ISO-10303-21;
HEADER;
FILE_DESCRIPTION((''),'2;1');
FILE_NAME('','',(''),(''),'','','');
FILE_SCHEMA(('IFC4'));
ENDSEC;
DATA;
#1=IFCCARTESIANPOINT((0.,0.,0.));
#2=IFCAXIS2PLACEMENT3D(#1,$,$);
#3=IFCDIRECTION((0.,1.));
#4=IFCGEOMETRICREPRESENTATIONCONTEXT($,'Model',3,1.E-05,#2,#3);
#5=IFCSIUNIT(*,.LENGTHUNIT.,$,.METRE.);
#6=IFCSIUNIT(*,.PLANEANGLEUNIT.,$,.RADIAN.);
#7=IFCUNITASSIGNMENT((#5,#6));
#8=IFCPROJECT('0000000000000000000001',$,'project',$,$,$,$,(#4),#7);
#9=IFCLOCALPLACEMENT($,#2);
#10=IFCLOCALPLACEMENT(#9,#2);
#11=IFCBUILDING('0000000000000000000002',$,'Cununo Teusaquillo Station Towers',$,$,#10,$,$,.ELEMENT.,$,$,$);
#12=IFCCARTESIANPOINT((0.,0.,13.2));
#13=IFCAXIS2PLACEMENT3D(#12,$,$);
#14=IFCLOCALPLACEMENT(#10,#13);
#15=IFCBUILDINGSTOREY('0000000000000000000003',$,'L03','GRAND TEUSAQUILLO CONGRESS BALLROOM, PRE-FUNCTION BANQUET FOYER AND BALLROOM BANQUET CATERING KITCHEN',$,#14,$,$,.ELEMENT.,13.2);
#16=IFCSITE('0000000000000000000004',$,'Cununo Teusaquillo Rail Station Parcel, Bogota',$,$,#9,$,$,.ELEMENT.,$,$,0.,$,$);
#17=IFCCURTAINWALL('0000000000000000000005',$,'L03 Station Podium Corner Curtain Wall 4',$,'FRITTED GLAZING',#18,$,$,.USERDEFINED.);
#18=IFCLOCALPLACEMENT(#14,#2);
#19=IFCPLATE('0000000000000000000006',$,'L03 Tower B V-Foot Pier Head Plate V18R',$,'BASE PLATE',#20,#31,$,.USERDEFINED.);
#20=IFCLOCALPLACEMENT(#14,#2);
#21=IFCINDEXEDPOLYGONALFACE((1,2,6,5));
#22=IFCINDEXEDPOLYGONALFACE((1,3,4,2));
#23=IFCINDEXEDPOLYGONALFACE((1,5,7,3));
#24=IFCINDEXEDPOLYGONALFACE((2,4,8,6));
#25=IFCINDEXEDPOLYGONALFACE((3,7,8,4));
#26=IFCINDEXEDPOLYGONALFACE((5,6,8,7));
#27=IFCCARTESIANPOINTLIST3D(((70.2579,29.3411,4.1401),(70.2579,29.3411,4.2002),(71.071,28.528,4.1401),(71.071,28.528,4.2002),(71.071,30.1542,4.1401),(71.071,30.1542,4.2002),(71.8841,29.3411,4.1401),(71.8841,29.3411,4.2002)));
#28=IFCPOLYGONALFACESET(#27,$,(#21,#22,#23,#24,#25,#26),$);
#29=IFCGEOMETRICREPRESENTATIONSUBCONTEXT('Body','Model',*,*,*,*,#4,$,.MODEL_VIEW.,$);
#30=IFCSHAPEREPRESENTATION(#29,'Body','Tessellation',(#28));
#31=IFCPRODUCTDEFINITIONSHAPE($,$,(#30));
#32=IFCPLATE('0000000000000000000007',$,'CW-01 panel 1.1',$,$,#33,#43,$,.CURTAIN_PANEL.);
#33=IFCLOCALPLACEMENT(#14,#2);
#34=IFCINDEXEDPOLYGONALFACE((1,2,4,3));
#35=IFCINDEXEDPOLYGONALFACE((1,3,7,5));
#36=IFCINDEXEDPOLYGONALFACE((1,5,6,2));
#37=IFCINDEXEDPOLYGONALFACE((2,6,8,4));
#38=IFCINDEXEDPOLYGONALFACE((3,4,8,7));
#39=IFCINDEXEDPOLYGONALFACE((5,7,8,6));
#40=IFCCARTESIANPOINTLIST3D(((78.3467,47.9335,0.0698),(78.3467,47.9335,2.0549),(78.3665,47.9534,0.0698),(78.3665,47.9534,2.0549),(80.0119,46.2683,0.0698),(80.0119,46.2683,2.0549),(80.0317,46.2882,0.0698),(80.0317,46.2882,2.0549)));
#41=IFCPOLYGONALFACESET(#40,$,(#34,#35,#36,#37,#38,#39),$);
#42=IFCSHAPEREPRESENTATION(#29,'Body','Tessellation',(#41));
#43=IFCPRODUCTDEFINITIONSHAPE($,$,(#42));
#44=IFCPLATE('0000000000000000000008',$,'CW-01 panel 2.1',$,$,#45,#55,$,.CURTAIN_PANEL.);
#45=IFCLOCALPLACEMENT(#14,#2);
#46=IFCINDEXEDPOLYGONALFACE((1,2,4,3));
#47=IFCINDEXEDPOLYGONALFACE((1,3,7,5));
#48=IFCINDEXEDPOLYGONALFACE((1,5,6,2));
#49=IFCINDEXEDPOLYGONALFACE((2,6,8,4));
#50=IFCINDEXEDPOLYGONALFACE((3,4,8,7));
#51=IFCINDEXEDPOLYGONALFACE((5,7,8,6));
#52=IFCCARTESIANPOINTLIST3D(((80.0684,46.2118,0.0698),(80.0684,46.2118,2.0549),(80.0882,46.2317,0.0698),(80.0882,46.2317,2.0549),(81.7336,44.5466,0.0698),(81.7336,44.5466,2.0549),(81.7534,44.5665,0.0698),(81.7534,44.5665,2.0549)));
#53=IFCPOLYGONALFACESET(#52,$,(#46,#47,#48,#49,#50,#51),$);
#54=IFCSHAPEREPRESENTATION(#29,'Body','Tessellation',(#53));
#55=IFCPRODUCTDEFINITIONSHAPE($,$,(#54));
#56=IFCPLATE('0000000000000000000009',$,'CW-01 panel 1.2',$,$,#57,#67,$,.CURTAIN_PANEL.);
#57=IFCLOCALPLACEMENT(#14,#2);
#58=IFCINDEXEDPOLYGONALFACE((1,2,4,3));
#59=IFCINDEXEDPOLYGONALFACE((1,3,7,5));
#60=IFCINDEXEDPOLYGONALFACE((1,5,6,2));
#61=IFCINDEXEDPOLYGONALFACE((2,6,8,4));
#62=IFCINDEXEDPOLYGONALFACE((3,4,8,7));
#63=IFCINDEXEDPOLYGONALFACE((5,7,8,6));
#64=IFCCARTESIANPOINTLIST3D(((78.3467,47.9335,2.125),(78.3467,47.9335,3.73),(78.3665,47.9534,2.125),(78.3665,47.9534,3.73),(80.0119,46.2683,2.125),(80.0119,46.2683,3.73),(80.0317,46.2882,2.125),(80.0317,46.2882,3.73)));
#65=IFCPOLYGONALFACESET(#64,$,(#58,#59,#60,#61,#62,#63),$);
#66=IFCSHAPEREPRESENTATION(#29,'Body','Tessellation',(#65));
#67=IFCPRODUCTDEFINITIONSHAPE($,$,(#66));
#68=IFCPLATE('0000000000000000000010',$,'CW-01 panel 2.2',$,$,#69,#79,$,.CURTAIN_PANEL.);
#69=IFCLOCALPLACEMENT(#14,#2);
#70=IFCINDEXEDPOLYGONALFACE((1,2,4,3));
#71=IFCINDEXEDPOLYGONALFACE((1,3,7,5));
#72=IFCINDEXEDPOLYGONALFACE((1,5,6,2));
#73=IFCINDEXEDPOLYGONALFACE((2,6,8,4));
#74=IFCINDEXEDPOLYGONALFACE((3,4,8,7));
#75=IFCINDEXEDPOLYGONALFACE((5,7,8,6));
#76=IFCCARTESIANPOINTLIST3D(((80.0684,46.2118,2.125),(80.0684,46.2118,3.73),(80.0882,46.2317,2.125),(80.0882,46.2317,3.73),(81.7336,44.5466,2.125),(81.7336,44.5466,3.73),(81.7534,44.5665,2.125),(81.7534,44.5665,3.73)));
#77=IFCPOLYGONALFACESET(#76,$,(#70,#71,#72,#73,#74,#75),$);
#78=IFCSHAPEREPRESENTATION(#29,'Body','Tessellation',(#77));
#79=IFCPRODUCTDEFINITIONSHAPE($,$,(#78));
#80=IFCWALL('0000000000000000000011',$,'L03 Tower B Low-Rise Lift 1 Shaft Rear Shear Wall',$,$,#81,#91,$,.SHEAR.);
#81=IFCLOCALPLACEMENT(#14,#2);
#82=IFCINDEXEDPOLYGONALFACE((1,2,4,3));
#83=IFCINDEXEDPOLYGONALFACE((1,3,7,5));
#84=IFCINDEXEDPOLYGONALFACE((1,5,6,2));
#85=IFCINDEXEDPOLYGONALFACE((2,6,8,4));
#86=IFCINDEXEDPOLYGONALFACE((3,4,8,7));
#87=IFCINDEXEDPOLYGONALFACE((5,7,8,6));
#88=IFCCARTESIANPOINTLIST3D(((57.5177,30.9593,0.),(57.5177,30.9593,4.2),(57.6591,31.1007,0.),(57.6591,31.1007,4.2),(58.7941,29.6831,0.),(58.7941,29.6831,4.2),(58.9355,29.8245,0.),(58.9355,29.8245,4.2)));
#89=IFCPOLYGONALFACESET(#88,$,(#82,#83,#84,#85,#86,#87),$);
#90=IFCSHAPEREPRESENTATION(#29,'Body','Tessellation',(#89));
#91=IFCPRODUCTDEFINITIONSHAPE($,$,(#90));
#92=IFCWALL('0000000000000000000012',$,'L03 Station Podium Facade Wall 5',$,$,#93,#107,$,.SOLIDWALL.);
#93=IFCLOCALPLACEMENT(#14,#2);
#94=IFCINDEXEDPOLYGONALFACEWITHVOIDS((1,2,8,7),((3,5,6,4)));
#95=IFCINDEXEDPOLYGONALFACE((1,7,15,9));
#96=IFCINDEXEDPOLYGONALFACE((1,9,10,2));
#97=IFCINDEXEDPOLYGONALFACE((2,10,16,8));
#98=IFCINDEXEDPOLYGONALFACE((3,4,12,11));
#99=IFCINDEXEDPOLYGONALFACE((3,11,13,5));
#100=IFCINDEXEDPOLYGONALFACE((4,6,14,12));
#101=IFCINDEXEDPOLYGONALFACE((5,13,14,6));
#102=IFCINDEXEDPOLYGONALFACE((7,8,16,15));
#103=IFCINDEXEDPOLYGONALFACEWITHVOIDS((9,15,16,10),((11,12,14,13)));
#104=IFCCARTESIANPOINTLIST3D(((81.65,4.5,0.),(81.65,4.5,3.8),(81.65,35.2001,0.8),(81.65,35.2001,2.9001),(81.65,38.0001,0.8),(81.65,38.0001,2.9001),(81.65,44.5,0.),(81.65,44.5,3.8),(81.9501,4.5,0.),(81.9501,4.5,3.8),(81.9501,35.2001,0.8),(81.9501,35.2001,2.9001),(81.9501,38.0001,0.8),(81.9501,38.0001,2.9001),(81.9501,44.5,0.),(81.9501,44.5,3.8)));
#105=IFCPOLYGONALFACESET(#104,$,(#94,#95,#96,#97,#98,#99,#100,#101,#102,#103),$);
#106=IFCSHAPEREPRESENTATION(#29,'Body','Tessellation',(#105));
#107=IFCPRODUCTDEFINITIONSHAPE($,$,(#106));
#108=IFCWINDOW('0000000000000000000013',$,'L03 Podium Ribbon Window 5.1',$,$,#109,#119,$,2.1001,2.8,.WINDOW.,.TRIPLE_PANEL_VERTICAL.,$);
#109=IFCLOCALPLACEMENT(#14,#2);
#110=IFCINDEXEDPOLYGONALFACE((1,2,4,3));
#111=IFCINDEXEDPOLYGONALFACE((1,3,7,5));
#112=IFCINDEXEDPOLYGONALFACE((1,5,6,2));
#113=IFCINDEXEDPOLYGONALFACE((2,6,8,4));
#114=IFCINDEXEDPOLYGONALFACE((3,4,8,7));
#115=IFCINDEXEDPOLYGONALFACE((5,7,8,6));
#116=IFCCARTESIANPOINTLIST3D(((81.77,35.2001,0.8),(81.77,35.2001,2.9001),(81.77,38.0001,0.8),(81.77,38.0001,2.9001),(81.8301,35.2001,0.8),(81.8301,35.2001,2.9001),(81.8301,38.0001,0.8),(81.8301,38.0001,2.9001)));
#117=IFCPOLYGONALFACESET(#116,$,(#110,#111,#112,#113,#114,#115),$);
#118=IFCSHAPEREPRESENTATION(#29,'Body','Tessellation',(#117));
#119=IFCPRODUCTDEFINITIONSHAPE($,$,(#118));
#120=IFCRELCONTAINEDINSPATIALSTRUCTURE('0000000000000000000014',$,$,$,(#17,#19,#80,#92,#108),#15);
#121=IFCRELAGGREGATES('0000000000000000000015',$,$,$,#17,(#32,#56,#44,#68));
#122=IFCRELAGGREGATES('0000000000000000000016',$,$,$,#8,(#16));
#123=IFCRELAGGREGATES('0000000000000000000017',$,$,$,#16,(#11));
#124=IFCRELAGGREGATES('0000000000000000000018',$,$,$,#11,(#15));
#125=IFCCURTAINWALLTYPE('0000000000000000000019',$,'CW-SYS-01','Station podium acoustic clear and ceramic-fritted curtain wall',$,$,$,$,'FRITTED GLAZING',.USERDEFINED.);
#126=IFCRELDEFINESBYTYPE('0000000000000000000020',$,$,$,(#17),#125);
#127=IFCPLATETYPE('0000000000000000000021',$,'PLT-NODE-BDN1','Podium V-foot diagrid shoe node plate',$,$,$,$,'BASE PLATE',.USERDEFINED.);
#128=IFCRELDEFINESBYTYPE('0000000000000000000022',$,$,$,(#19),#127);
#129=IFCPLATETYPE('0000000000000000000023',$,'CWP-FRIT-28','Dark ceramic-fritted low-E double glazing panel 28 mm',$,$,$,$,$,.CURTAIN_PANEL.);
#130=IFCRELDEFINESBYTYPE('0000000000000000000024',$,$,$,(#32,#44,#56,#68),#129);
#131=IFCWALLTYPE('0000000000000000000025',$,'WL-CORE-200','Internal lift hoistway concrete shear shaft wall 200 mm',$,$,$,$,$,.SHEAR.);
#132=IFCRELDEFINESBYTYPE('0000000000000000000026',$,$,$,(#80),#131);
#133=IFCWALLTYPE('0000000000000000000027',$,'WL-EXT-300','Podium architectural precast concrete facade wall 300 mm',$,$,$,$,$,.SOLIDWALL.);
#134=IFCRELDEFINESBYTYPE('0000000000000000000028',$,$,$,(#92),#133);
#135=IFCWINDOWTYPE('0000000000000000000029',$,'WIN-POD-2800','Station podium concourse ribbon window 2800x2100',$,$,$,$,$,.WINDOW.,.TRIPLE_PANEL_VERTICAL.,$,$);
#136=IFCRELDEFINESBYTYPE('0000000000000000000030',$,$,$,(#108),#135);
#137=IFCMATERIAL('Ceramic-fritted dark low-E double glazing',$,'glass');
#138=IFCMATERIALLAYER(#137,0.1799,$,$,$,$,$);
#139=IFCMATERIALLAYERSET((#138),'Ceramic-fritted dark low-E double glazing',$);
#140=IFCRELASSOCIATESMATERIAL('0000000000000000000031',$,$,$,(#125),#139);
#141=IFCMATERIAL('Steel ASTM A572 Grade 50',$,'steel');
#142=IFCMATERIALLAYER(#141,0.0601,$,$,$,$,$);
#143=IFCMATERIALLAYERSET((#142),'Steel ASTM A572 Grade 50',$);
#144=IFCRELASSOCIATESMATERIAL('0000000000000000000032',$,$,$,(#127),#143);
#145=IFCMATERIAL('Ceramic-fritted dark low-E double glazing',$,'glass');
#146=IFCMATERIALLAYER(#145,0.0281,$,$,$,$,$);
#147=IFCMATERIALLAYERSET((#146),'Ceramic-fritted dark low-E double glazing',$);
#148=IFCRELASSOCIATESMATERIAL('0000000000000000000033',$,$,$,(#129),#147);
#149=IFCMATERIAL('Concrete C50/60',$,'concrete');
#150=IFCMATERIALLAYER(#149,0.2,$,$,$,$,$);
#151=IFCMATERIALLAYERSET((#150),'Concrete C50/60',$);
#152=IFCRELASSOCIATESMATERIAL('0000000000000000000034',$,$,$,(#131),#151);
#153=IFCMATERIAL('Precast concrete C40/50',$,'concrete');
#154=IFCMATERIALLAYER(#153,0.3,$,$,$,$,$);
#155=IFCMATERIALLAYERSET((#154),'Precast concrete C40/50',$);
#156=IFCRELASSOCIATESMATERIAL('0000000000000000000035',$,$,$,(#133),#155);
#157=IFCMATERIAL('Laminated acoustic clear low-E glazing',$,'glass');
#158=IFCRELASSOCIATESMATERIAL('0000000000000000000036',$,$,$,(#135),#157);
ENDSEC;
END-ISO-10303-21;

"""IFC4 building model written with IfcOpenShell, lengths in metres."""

from ifc_helpers import new_model, si_unit, direction, frame, frame_2d, origin, origin_2d, place, context, subcontext, project, spatial, rectangle, extrude, source, transform, mapped, material, layer, layer_set, type_object, element, fill, aggregate, save


model = new_model("IFC4")

# Units and contexts
model_context = context("Model", 3, precision=1e-05, world=origin(), true_north=direction((0.0, 1.0)))
body_context = subcontext(model_context, "Body", "Model", "MODEL_VIEW")
ifc_project = project(units=[si_unit("LENGTHUNIT", "METRE"), si_unit("PLANEANGLEUNIT", "RADIAN")], contexts=[model_context])

# Site, building, storey
site_placement = place(None, origin())
site = spatial("IfcSite", under=ifc_project, at=site_placement, Name="Cununo Teusaquillo Rail Station Parcel, Bogota", CompositionType="ELEMENT", RefElevation=0.0)
building_placement = place(site_placement, origin())
building = spatial("IfcBuilding", under=site, at=building_placement, Name="Cununo Teusaquillo Station Towers", CompositionType="ELEMENT")
storey_placement = place(building_placement, frame((0.0, 0.0, 13.2)))
storey = spatial("IfcBuildingStorey", under=building, at=storey_placement, Name="L03", Description="GRAND TEUSAQUILLO CONGRESS BALLROOM, PRE-FUNCTION BANQUET FOYER AND BALLROOM BANQUET CATERING KITCHEN", CompositionType="ELEMENT", Elevation=13.2)

# Curtain wall
ifc_material_1 = material(Name="Ceramic-fritted dark low-E double glazing", Category="glass")
ifc_layer_1 = layer(ifc_material_1, 0.1799)
ifc_layer_set_1 = layer_set([ifc_layer_1], Name="Ceramic-fritted dark low-E double glazing")
curtain_wall_type = type_object("IfcCurtainWallType", Name="CW-SYS-01", Description="Station podium acoustic clear and ceramic-fritted curtain wall", ElementType="FRITTED GLAZING", PredefinedType="USERDEFINED", material=ifc_layer_set_1)
curtain_wall_placement = place(storey_placement, origin())
curtain_wall = element("IfcCurtainWall", 1, at=curtain_wall_placement, inside=storey, type_object=curtain_wall_type, Name="L03 Station Podium Corner Curtain Wall 4", ObjectType="FRITTED GLAZING", PredefinedType="USERDEFINED")

# Plate
ifc_material_2 = material(Name="Steel ASTM A572 Grade 50", Category="steel")
ifc_layer_2 = layer(ifc_material_2, 0.0601)
ifc_layer_set_2 = layer_set([ifc_layer_2], Name="Steel ASTM A572 Grade 50")
plate_type_1 = type_object("IfcPlateType", Name="PLT-NODE-BDN1", Description="Podium V-foot diagrid shoe node plate", ElementType="BASE PLATE", PredefinedType="USERDEFINED", material=ifc_layer_set_2)
shared_shape_1 = source(origin(), body_context, "Body", "SweptSolid", [
    extrude(rectangle(XDim=1.1499, YDim=1.1499, at=origin_2d()), origin(), (0.0, 0.0, 1.0), 0.0601),
])
for number, where, z_axis, x_axis, name in (
    (2, (71.071, 29.3411, 4.1401), (0.0, 0.0, 1.0), (0.707107, 0.707107, 0.0), "L03 Tower B V-Foot Pier Head Plate V18R"),
):
    element("IfcPlate", number, at=place(storey_placement, frame(where, z_axis=z_axis, x_axis=x_axis)), inside=storey, type_object=plate_type_1, Name=name, ObjectType="BASE PLATE", PredefinedType="USERDEFINED", context=body_context, shape_type="MappedRepresentation", body=[
        mapped(shared_shape_1, transform((0.0, 0.0, 0.0), x_axis=(1.0, 0.0, 0.0), y_axis=(0.0, 1.0, 0.0), z_axis=(0.0, 0.0, 1.0), scale=1.0)),
    ])

# Plates
ifc_material_3 = material(Name="Ceramic-fritted dark low-E double glazing", Category="glass")
ifc_layer_3 = layer(ifc_material_3, 0.0281)
ifc_layer_set_3 = layer_set([ifc_layer_3], Name="Ceramic-fritted dark low-E double glazing")
plate_type_2 = type_object("IfcPlateType", Name="CWP-FRIT-28", Description="Dark ceramic-fritted low-E double glazing panel 28 mm", PredefinedType="CURTAIN_PANEL", material=ifc_layer_set_3)
shared_shape_2 = source(origin(), body_context, "Body", "SweptSolid", [
    extrude(rectangle(XDim=2.355, YDim=0.0281, at=origin_2d()), origin(), (0.0, 0.0, 1.0), 1.9851),
])
plate_1_placement = place(storey_placement, frame((79.1892, 47.1108, 0.0698), z_axis=(0.0, 0.0, 1.0), x_axis=(0.707107, -0.707107, 0.0)))
plate_1 = element("IfcPlate", 3, at=plate_1_placement, type_object=plate_type_2, Name="CW-01 panel 1.1", PredefinedType="CURTAIN_PANEL", context=body_context, shape_type="MappedRepresentation", body=[
    mapped(shared_shape_2, transform((0.0, 0.0, 0.0), x_axis=(1.0, 0.0, 0.0), y_axis=(0.0, 1.0, 0.0), z_axis=(0.0, 0.0, 1.0), scale=1.0)),
])
plate_2_placement = place(storey_placement, frame((80.9109, 45.3892, 0.0698), z_axis=(0.0, 0.0, 1.0), x_axis=(0.707107, -0.707107, 0.0)))
plate_2 = element("IfcPlate", 4, at=plate_2_placement, type_object=plate_type_2, Name="CW-01 panel 2.1", PredefinedType="CURTAIN_PANEL", context=body_context, shape_type="MappedRepresentation", body=[
    mapped(shared_shape_2, transform((0.0, 0.0, 0.0), x_axis=(1.0, 0.0, 0.0), y_axis=(0.0, 1.0, 0.0), z_axis=(0.0, 0.0, 1.0), scale=1.0)),
])
shared_shape_3 = source(origin(), body_context, "Body", "SweptSolid", [
    extrude(rectangle(XDim=2.355, YDim=0.0281, at=origin_2d()), origin(), (0.0, 0.0, 1.0), 1.605),
])
plate_3_placement = place(storey_placement, frame((79.1892, 47.1108, 2.125), z_axis=(0.0, 0.0, 1.0), x_axis=(0.707107, -0.707107, 0.0)))
plate_3 = element("IfcPlate", 5, at=plate_3_placement, type_object=plate_type_2, Name="CW-01 panel 1.2", PredefinedType="CURTAIN_PANEL", context=body_context, shape_type="MappedRepresentation", body=[
    mapped(shared_shape_3, transform((0.0, 0.0, 0.0), x_axis=(1.0, 0.0, 0.0), y_axis=(0.0, 1.0, 0.0), z_axis=(0.0, 0.0, 1.0), scale=1.0)),
])
plate_4_placement = place(storey_placement, frame((80.9109, 45.3892, 2.125), z_axis=(0.0, 0.0, 1.0), x_axis=(0.707107, -0.707107, 0.0)))
plate_4 = element("IfcPlate", 6, at=plate_4_placement, type_object=plate_type_2, Name="CW-01 panel 2.2", PredefinedType="CURTAIN_PANEL", context=body_context, shape_type="MappedRepresentation", body=[
    mapped(shared_shape_3, transform((0.0, 0.0, 0.0), x_axis=(1.0, 0.0, 0.0), y_axis=(0.0, 1.0, 0.0), z_axis=(0.0, 0.0, 1.0), scale=1.0)),
])
aggregate(curtain_wall, [plate_1, plate_3, plate_2, plate_4])

# Wall
ifc_material_4 = material(Name="Concrete C50/60", Category="concrete")
ifc_layer_4 = layer(ifc_material_4, 0.2)
ifc_layer_set_4 = layer_set([ifc_layer_4], Name="Concrete C50/60")
wall_type_1 = type_object("IfcWallType", Name="WL-CORE-200", Description="Internal lift hoistway concrete shear shaft wall 200 mm", PredefinedType="SHEAR", material=ifc_layer_set_4)
wall_1_placement = place(storey_placement, frame((58.8647, 29.7539, 0.0), z_axis=(0.0, 0.0, 1.0), x_axis=(-0.707174, 0.707039, 0.0)))
element("IfcWall", 7, at=wall_1_placement, inside=storey, type_object=wall_type_1, Name="L03 Tower B Low-Rise Lift 1 Shaft Rear Shear Wall", PredefinedType="SHEAR", context=body_context, shape_type="SweptSolid", body=[
    extrude(rectangle(XDim=1.8049, YDim=0.2, at=frame_2d((0.9023, 0.0))), origin(), (0.0, 0.0, 1.0), 4.2),
])

# Wall, opening, window
ifc_material_5 = material(Name="Precast concrete C40/50", Category="concrete")
ifc_layer_5 = layer(ifc_material_5, 0.3)
ifc_layer_set_5 = layer_set([ifc_layer_5], Name="Precast concrete C40/50")
wall_type_2 = type_object("IfcWallType", Name="WL-EXT-300", Description="Podium architectural precast concrete facade wall 300 mm", PredefinedType="SOLIDWALL", material=ifc_layer_set_5)
wall_2_placement = place(storey_placement, frame((81.8, 44.5, 0.0), z_axis=(0.0, 0.0, 1.0), x_axis=(0.0, -1.0, 0.0)))
wall_2 = element("IfcWall", 8, at=wall_2_placement, inside=storey, type_object=wall_type_2, Name="L03 Station Podium Facade Wall 5", PredefinedType="SOLIDWALL", context=body_context, shape_type="SweptSolid", body=[
    extrude(rectangle(XDim=40.0, YDim=0.3, at=frame_2d((20.0, 0.0))), origin(), (0.0, 0.0, 1.0), 3.8),
])
shared_shape_4 = source(origin(), body_context, "Body", "SweptSolid", [
    extrude(rectangle(XDim=2.8, YDim=2.1001, at=frame_2d((1.3999, 1.05))), frame((0.0, 0.1599, 0.0), z_axis=(0.0, -1.0, 0.0), x_axis=(1.0, 0.0, 0.0)), (0.0, 0.0, 1.0), 0.3201),
])
opening_placement = place(wall_2_placement, frame((6.5, 0.0, 0.8)))
opening = element("IfcOpeningElement", 9, at=opening_placement, cuts=wall_2, PredefinedType="OPENING", context=body_context, shape_type="MappedRepresentation", body=[
    mapped(shared_shape_4, transform((0.0, 0.0, 0.0), x_axis=(1.0, 0.0, 0.0), y_axis=(0.0, 1.0, 0.0), z_axis=(0.0, 0.0, 1.0), scale=1.0)),
])
ifc_material_6 = material(Name="Laminated acoustic clear low-E glazing", Category="glass")
window_type = type_object("IfcWindowType", Name="WIN-POD-2800", Description="Station podium concourse ribbon window 2800x2100", PartitioningType="TRIPLE_PANEL_VERTICAL", PredefinedType="WINDOW", material=ifc_material_6)
shared_shape_5 = source(origin(), body_context, "Body", "SweptSolid", [
    extrude(rectangle(XDim=2.8, YDim=2.1001, at=frame_2d((1.3999, 1.05))), frame((0.0, 0.03, 0.0), z_axis=(0.0, -1.0, 0.0), x_axis=(1.0, 0.0, 0.0)), (0.0, 0.0, 1.0), 0.0601),
])
window_placement = place(opening_placement, origin())
window = element("IfcWindow", 10, at=window_placement, inside=storey, type_object=window_type, Name="L03 Podium Ribbon Window 5.1", OverallHeight=2.1001, OverallWidth=2.8, PartitioningType="TRIPLE_PANEL_VERTICAL", PredefinedType="WINDOW", context=body_context, shape_type="MappedRepresentation", body=[
    mapped(shared_shape_5, transform((0.0, 0.0, 0.0), x_axis=(1.0, 0.0, 0.0), y_axis=(0.0, 1.0, 0.0), z_axis=(0.0, 0.0, 1.0), scale=1.0)),
])
fill(opening, window)

save(model, "model.ifc")
